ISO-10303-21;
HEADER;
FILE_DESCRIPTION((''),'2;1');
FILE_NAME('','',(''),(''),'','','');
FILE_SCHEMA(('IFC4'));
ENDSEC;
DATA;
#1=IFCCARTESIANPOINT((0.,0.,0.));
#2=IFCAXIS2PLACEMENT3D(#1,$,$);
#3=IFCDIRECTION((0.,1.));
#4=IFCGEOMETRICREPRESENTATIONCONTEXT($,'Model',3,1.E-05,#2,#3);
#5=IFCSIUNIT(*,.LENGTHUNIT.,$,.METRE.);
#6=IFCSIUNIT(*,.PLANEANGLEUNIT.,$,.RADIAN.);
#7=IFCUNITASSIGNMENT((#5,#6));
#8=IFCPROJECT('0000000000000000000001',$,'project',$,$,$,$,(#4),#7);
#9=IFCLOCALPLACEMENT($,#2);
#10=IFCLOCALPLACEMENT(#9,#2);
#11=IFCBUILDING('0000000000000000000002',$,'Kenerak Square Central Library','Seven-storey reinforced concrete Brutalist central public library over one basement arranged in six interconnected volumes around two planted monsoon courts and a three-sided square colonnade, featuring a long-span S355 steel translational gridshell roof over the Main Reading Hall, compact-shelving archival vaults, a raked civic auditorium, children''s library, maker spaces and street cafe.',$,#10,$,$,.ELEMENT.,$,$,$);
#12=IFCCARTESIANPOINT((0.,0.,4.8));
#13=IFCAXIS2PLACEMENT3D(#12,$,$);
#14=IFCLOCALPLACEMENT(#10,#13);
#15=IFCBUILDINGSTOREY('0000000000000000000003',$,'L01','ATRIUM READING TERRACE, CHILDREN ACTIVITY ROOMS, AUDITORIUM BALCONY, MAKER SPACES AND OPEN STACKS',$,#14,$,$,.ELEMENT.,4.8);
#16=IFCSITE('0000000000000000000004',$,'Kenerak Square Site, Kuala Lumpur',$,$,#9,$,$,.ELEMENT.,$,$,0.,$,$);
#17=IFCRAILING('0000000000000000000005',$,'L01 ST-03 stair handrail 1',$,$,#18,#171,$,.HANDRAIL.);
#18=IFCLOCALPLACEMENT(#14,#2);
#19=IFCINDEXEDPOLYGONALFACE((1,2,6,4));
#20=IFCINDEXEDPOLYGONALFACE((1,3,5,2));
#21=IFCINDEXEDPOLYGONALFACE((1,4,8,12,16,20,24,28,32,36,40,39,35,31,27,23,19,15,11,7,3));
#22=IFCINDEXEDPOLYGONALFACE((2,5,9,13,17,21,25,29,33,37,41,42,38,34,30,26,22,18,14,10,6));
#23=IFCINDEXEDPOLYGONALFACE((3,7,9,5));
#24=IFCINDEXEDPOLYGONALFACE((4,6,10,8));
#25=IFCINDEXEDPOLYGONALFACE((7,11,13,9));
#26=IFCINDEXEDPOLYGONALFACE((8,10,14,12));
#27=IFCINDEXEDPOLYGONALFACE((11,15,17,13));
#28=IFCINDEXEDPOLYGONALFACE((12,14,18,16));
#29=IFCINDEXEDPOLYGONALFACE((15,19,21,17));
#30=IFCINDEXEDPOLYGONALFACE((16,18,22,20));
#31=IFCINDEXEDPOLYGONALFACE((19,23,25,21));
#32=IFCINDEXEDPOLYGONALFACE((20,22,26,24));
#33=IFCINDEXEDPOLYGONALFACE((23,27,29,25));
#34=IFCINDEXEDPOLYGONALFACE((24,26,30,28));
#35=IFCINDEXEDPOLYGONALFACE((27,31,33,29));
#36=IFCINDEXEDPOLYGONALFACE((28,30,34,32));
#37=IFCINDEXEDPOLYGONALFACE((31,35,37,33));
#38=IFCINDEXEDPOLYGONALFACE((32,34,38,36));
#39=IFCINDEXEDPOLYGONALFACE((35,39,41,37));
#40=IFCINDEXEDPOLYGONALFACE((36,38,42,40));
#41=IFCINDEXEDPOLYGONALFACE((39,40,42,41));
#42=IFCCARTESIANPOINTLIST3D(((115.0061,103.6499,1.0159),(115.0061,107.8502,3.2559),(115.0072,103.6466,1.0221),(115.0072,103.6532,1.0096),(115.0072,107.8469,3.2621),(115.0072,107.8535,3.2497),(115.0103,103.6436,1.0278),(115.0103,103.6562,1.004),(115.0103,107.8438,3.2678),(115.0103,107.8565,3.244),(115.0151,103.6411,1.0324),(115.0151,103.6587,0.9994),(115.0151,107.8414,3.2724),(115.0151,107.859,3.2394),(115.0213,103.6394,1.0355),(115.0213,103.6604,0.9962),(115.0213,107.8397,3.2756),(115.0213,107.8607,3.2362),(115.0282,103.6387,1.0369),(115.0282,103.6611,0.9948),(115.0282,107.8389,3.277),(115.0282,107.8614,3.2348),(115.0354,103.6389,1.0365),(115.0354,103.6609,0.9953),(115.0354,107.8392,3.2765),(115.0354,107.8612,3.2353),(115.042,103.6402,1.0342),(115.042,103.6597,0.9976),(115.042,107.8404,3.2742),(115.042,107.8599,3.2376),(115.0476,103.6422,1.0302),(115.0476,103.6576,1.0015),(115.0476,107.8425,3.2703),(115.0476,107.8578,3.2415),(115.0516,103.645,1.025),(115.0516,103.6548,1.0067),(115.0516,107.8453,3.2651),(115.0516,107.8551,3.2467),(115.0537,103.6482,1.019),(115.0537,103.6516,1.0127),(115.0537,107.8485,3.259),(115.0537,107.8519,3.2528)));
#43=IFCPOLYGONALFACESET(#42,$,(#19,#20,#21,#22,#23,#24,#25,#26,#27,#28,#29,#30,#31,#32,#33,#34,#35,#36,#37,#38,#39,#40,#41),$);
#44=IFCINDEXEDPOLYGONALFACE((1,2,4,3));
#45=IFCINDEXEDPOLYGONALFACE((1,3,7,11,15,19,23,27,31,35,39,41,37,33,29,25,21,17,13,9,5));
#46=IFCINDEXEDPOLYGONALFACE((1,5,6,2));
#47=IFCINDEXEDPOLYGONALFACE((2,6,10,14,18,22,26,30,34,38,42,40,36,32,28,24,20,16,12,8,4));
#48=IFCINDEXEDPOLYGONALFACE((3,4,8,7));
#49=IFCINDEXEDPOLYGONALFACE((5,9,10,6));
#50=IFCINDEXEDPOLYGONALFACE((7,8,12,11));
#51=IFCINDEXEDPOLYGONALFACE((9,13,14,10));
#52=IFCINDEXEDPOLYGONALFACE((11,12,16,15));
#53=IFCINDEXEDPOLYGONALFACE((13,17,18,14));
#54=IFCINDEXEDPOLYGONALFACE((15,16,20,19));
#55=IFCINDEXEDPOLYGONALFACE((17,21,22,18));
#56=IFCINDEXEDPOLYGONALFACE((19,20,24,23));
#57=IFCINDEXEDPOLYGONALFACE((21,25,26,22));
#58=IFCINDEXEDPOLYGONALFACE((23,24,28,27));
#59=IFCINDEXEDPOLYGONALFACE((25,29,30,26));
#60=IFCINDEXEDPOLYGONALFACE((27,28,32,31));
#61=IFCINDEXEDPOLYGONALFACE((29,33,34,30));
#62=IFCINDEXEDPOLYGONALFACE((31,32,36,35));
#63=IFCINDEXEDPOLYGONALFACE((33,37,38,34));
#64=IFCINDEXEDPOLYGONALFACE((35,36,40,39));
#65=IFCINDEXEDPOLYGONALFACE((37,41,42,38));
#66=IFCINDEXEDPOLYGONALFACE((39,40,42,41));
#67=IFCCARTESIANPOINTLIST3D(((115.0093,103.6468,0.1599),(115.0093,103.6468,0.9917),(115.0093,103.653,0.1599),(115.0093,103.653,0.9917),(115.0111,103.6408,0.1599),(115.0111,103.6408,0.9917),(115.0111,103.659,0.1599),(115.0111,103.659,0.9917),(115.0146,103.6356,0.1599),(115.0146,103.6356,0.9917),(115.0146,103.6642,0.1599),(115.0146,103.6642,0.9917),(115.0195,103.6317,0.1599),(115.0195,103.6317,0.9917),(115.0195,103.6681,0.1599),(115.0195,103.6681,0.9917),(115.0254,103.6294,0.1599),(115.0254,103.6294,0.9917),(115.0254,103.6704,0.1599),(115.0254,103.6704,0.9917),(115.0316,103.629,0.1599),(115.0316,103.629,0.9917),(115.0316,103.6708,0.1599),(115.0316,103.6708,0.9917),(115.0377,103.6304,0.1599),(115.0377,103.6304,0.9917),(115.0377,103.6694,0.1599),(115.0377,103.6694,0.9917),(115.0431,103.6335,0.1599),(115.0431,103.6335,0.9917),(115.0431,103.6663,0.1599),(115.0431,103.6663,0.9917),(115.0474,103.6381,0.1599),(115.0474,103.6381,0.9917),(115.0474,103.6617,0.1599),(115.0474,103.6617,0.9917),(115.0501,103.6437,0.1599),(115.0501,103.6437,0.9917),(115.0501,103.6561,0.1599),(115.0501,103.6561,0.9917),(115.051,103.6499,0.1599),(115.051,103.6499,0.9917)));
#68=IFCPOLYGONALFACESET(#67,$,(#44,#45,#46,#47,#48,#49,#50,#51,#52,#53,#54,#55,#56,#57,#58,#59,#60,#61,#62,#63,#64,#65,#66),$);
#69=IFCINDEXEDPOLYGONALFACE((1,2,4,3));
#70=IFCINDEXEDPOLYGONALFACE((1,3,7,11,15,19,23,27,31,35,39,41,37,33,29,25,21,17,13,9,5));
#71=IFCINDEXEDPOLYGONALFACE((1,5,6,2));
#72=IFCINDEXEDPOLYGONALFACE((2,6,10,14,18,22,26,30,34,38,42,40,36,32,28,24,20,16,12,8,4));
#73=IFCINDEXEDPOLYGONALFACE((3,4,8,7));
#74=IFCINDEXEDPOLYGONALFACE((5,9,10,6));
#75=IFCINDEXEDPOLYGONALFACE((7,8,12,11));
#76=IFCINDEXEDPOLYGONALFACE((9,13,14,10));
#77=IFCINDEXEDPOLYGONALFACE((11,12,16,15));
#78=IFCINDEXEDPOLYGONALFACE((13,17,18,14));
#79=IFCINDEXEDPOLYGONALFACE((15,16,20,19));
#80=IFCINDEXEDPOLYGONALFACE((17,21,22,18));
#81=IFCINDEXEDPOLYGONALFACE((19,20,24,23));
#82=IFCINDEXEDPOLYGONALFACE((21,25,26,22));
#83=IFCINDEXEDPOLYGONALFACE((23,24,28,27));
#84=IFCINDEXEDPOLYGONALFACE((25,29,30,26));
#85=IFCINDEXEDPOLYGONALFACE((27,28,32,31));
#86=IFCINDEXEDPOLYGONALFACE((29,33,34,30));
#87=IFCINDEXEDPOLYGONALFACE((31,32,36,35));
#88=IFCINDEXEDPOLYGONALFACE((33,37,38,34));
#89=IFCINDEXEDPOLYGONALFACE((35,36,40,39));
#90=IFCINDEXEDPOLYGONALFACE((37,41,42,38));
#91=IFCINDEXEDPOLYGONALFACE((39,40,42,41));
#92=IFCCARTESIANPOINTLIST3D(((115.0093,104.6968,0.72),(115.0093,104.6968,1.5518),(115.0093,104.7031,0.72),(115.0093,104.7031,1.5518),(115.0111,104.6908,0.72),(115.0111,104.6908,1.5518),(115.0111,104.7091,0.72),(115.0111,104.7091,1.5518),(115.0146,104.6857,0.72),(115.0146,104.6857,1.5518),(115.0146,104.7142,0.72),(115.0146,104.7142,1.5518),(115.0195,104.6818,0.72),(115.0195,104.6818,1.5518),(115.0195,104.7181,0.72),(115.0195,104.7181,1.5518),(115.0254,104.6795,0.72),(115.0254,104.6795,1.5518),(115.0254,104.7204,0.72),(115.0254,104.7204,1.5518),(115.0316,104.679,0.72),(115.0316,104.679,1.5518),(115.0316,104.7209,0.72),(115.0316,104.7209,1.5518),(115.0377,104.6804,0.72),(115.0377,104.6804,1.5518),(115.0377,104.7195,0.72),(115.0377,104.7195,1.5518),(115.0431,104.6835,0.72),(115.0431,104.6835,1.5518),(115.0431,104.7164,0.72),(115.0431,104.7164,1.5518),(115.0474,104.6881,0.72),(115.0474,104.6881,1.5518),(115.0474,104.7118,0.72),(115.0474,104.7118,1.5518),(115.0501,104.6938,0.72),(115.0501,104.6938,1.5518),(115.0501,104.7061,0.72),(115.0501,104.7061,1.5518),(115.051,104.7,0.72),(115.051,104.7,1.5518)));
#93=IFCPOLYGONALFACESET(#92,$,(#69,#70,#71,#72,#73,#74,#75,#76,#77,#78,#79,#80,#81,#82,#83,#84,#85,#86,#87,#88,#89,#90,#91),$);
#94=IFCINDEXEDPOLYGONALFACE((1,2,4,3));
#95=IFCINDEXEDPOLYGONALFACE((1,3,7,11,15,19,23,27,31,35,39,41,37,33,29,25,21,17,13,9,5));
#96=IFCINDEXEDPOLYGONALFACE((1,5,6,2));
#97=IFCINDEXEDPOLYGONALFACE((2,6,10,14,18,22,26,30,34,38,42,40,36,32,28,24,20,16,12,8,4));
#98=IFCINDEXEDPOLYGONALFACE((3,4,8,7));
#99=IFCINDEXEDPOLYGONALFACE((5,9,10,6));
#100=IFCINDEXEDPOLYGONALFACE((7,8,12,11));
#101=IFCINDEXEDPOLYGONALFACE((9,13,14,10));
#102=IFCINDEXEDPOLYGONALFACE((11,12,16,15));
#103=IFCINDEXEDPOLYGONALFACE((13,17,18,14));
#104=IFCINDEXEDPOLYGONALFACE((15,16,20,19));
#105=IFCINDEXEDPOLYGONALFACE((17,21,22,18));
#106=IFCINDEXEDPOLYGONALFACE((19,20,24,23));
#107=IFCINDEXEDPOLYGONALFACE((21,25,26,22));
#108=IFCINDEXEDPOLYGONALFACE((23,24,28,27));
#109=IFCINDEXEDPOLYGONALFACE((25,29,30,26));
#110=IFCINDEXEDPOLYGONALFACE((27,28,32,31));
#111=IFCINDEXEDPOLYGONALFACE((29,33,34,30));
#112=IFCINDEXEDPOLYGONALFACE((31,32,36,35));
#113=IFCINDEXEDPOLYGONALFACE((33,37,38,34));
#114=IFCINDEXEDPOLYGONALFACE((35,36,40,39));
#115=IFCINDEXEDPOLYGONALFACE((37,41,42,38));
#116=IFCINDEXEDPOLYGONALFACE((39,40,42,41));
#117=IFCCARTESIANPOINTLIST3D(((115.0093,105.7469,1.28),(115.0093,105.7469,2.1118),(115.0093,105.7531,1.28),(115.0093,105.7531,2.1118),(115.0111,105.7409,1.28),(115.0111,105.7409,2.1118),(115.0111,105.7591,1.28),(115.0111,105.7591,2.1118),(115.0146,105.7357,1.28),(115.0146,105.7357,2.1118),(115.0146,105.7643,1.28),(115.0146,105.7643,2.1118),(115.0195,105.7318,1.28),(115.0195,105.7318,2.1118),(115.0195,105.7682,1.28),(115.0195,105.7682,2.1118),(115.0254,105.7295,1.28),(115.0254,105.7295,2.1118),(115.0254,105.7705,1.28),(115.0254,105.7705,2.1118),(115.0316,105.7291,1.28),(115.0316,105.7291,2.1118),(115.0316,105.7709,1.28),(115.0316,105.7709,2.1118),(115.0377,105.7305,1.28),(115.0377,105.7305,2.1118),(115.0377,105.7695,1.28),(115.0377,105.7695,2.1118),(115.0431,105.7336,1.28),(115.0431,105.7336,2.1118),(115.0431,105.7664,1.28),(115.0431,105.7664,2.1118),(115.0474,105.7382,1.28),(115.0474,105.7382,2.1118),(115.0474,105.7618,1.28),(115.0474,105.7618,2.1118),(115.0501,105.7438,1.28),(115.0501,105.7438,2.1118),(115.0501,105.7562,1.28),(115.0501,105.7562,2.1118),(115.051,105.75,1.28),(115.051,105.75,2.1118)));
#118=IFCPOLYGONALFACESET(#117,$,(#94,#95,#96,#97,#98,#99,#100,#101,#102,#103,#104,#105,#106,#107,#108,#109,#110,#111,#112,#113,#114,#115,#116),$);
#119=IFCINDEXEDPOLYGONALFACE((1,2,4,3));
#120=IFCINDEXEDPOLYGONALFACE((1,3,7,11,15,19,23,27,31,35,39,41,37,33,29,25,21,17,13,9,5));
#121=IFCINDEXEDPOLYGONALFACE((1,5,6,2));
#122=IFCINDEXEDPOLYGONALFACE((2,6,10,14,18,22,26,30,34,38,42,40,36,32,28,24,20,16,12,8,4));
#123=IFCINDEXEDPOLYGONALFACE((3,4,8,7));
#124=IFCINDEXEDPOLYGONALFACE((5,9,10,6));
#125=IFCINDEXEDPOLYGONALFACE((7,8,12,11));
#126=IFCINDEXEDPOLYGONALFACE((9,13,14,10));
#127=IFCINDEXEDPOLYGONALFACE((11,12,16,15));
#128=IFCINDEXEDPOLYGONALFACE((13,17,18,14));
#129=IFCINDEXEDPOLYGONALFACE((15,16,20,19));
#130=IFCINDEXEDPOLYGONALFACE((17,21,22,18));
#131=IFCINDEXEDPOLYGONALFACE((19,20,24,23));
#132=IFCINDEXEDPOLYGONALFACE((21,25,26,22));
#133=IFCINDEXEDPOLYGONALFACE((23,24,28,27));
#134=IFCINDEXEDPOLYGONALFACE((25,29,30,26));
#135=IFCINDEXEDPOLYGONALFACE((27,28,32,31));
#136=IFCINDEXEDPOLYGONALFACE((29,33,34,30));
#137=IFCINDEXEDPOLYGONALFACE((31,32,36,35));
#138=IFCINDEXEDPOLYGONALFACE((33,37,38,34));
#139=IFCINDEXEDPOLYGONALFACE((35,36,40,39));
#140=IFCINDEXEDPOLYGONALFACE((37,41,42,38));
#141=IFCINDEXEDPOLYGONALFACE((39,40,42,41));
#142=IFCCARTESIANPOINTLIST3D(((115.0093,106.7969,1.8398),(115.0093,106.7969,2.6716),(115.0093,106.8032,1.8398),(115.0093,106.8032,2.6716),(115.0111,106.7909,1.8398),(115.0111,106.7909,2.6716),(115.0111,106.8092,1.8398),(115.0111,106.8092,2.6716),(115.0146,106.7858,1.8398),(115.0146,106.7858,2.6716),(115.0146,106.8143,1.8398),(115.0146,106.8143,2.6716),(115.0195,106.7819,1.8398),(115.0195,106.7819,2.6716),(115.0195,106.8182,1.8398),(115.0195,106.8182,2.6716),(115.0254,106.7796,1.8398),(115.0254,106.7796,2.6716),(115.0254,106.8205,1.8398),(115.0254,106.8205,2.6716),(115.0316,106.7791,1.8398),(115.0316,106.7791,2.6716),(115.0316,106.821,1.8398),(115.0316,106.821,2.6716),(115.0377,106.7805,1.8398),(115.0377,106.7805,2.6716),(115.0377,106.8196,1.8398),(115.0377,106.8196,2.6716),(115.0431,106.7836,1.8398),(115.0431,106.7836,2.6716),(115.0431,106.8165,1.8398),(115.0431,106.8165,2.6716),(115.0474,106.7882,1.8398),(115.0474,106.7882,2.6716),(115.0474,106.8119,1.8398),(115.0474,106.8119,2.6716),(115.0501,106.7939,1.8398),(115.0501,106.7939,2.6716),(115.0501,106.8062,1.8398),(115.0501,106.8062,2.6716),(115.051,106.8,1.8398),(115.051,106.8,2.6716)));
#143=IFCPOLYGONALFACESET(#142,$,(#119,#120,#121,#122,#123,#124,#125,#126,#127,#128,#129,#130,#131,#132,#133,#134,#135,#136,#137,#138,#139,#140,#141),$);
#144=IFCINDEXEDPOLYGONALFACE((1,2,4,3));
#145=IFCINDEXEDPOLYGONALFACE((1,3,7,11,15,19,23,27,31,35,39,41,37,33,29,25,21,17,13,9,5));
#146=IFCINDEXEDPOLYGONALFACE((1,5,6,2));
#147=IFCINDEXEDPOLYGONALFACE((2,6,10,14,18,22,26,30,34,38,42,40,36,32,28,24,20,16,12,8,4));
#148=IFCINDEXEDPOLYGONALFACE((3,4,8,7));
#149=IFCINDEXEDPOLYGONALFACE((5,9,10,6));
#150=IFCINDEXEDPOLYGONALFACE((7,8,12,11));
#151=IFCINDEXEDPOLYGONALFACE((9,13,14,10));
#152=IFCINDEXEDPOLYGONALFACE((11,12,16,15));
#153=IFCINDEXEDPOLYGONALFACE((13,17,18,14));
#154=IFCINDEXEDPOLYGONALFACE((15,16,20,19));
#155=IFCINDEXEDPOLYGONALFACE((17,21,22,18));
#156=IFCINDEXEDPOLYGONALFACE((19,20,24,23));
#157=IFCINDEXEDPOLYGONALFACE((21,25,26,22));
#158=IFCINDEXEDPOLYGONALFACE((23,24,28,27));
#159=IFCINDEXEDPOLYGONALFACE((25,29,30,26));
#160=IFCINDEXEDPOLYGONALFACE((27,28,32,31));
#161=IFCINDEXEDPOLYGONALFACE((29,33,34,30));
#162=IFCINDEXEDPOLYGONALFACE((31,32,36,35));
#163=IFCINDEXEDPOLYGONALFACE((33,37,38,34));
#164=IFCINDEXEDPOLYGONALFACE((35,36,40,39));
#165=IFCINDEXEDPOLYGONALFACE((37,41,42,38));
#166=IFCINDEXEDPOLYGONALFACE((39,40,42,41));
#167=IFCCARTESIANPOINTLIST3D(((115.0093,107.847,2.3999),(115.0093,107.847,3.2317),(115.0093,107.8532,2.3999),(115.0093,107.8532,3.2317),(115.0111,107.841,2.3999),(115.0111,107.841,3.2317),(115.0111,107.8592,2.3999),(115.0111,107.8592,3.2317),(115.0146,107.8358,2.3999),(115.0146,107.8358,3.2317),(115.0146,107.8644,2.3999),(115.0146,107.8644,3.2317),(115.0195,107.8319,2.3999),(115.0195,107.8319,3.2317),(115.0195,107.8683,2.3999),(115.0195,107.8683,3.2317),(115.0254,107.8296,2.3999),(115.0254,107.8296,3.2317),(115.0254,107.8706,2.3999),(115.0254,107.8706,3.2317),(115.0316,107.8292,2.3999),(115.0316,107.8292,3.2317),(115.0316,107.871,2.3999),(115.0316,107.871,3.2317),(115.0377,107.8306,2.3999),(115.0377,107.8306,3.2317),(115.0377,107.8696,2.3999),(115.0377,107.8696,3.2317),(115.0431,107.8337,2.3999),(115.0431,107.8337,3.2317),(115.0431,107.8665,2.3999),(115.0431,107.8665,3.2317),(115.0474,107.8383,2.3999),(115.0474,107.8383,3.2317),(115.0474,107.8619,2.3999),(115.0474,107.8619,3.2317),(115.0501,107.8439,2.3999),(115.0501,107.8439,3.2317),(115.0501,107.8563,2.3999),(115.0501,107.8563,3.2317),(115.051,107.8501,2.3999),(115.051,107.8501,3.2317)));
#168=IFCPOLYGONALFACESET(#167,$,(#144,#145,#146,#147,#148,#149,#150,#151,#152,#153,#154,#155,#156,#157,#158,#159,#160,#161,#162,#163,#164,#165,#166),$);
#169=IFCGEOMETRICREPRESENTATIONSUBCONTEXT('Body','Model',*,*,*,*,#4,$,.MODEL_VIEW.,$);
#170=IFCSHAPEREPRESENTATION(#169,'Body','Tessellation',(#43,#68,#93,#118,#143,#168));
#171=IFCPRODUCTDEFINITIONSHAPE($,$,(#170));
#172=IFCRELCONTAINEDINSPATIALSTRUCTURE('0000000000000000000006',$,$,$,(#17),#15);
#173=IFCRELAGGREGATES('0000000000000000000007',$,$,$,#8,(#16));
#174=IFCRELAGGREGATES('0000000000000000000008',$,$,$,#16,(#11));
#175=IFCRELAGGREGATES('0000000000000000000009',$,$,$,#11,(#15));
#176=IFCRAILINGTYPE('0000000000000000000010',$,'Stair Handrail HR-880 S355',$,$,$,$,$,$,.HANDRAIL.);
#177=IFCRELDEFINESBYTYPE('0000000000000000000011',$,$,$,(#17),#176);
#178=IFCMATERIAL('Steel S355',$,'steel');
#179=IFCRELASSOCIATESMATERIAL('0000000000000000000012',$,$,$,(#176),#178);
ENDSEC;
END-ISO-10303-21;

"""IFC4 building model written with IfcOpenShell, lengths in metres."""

from ifc_helpers import new_model, si_unit, direction, frame, origin, origin_2d, place, context, subcontext, project, spatial, circle, extrude, material, type_object, element, save


model = new_model("IFC4")

# Units and contexts
model_context = context("Model", 3, precision=1e-05, world=origin(), true_north=direction((0.0, 1.0)))
body_context = subcontext(model_context, "Body", "Model", "MODEL_VIEW")
ifc_project = project(units=[si_unit("LENGTHUNIT", "METRE"), si_unit("PLANEANGLEUNIT", "RADIAN")], contexts=[model_context])

# Site, building, storey
site_placement = place(None, origin())
site = spatial("IfcSite", under=ifc_project, at=site_placement, Name="Kenerak Square Site, Kuala Lumpur", CompositionType="ELEMENT", RefElevation=0.0)
building_placement = place(site_placement, origin())
building = spatial("IfcBuilding", under=site, at=building_placement, Name="Kenerak Square Central Library", Description="Seven-storey reinforced concrete Brutalist central public library over one basement arranged in six interconnected volumes around two planted monsoon courts and a three-sided square colonnade, featuring a long-span S355 steel translational gridshell roof over the Main Reading Hall, compact-shelving archival vaults, a raked civic auditorium, children's library, maker spaces and street cafe.", CompositionType="ELEMENT")
storey_placement = place(building_placement, frame((0.0, 0.0, 4.8)))
storey = spatial("IfcBuildingStorey", under=building, at=storey_placement, Name="L01", Description="ATRIUM READING TERRACE, CHILDREN ACTIVITY ROOMS, AUDITORIUM BALCONY, MAKER SPACES AND OPEN STACKS", CompositionType="ELEMENT", Elevation=4.8)

# Railing
ifc_material_1 = material(Name="Steel S355", Category="steel")
railing_type_1 = type_object("IfcRailingType", Name="Stair Handrail HR-880 S355", PredefinedType="HANDRAIL", material=ifc_material_1)
railing_1_placement = place(storey_placement, frame((115.03, 103.6499, 0.1599)))
element("IfcRailing", 1, at=railing_1_placement, inside=storey, type_object=railing_type_1, Name="L01 ST-03 stair handrail 1", PredefinedType="HANDRAIL", context=body_context, shape_type="SweptSolid", body=[
    extrude(circle(Radius=0.0239, at=origin_2d()), frame((0.0, 0.0, 0.856), z_axis=(0.0, 0.882363, 0.47057), x_axis=(-1.0, 0.0, 0.0)), (0.0, 0.0, 1.0), 4.7603),
    extrude(circle(Radius=0.021, at=origin_2d()), origin(), (0.0, 0.0, 1.0), 0.8318),
    extrude(circle(Radius=0.021, at=origin_2d()), frame((0.0, 1.05, 0.5601)), (0.0, 0.0, 1.0), 0.8318),
    extrude(circle(Radius=0.021, at=origin_2d()), frame((0.0, 2.1001, 1.1201)), (0.0, 0.0, 1.0), 0.8318),
    extrude(circle(Radius=0.021, at=origin_2d()), frame((0.0, 3.1501, 1.6799)), (0.0, 0.0, 1.0), 0.8318),
    extrude(circle(Radius=0.021, at=origin_2d()), frame((0.0, 4.2002, 2.24)), (0.0, 0.0, 1.0), 0.8318),
])

save(model, "model.ifc")
